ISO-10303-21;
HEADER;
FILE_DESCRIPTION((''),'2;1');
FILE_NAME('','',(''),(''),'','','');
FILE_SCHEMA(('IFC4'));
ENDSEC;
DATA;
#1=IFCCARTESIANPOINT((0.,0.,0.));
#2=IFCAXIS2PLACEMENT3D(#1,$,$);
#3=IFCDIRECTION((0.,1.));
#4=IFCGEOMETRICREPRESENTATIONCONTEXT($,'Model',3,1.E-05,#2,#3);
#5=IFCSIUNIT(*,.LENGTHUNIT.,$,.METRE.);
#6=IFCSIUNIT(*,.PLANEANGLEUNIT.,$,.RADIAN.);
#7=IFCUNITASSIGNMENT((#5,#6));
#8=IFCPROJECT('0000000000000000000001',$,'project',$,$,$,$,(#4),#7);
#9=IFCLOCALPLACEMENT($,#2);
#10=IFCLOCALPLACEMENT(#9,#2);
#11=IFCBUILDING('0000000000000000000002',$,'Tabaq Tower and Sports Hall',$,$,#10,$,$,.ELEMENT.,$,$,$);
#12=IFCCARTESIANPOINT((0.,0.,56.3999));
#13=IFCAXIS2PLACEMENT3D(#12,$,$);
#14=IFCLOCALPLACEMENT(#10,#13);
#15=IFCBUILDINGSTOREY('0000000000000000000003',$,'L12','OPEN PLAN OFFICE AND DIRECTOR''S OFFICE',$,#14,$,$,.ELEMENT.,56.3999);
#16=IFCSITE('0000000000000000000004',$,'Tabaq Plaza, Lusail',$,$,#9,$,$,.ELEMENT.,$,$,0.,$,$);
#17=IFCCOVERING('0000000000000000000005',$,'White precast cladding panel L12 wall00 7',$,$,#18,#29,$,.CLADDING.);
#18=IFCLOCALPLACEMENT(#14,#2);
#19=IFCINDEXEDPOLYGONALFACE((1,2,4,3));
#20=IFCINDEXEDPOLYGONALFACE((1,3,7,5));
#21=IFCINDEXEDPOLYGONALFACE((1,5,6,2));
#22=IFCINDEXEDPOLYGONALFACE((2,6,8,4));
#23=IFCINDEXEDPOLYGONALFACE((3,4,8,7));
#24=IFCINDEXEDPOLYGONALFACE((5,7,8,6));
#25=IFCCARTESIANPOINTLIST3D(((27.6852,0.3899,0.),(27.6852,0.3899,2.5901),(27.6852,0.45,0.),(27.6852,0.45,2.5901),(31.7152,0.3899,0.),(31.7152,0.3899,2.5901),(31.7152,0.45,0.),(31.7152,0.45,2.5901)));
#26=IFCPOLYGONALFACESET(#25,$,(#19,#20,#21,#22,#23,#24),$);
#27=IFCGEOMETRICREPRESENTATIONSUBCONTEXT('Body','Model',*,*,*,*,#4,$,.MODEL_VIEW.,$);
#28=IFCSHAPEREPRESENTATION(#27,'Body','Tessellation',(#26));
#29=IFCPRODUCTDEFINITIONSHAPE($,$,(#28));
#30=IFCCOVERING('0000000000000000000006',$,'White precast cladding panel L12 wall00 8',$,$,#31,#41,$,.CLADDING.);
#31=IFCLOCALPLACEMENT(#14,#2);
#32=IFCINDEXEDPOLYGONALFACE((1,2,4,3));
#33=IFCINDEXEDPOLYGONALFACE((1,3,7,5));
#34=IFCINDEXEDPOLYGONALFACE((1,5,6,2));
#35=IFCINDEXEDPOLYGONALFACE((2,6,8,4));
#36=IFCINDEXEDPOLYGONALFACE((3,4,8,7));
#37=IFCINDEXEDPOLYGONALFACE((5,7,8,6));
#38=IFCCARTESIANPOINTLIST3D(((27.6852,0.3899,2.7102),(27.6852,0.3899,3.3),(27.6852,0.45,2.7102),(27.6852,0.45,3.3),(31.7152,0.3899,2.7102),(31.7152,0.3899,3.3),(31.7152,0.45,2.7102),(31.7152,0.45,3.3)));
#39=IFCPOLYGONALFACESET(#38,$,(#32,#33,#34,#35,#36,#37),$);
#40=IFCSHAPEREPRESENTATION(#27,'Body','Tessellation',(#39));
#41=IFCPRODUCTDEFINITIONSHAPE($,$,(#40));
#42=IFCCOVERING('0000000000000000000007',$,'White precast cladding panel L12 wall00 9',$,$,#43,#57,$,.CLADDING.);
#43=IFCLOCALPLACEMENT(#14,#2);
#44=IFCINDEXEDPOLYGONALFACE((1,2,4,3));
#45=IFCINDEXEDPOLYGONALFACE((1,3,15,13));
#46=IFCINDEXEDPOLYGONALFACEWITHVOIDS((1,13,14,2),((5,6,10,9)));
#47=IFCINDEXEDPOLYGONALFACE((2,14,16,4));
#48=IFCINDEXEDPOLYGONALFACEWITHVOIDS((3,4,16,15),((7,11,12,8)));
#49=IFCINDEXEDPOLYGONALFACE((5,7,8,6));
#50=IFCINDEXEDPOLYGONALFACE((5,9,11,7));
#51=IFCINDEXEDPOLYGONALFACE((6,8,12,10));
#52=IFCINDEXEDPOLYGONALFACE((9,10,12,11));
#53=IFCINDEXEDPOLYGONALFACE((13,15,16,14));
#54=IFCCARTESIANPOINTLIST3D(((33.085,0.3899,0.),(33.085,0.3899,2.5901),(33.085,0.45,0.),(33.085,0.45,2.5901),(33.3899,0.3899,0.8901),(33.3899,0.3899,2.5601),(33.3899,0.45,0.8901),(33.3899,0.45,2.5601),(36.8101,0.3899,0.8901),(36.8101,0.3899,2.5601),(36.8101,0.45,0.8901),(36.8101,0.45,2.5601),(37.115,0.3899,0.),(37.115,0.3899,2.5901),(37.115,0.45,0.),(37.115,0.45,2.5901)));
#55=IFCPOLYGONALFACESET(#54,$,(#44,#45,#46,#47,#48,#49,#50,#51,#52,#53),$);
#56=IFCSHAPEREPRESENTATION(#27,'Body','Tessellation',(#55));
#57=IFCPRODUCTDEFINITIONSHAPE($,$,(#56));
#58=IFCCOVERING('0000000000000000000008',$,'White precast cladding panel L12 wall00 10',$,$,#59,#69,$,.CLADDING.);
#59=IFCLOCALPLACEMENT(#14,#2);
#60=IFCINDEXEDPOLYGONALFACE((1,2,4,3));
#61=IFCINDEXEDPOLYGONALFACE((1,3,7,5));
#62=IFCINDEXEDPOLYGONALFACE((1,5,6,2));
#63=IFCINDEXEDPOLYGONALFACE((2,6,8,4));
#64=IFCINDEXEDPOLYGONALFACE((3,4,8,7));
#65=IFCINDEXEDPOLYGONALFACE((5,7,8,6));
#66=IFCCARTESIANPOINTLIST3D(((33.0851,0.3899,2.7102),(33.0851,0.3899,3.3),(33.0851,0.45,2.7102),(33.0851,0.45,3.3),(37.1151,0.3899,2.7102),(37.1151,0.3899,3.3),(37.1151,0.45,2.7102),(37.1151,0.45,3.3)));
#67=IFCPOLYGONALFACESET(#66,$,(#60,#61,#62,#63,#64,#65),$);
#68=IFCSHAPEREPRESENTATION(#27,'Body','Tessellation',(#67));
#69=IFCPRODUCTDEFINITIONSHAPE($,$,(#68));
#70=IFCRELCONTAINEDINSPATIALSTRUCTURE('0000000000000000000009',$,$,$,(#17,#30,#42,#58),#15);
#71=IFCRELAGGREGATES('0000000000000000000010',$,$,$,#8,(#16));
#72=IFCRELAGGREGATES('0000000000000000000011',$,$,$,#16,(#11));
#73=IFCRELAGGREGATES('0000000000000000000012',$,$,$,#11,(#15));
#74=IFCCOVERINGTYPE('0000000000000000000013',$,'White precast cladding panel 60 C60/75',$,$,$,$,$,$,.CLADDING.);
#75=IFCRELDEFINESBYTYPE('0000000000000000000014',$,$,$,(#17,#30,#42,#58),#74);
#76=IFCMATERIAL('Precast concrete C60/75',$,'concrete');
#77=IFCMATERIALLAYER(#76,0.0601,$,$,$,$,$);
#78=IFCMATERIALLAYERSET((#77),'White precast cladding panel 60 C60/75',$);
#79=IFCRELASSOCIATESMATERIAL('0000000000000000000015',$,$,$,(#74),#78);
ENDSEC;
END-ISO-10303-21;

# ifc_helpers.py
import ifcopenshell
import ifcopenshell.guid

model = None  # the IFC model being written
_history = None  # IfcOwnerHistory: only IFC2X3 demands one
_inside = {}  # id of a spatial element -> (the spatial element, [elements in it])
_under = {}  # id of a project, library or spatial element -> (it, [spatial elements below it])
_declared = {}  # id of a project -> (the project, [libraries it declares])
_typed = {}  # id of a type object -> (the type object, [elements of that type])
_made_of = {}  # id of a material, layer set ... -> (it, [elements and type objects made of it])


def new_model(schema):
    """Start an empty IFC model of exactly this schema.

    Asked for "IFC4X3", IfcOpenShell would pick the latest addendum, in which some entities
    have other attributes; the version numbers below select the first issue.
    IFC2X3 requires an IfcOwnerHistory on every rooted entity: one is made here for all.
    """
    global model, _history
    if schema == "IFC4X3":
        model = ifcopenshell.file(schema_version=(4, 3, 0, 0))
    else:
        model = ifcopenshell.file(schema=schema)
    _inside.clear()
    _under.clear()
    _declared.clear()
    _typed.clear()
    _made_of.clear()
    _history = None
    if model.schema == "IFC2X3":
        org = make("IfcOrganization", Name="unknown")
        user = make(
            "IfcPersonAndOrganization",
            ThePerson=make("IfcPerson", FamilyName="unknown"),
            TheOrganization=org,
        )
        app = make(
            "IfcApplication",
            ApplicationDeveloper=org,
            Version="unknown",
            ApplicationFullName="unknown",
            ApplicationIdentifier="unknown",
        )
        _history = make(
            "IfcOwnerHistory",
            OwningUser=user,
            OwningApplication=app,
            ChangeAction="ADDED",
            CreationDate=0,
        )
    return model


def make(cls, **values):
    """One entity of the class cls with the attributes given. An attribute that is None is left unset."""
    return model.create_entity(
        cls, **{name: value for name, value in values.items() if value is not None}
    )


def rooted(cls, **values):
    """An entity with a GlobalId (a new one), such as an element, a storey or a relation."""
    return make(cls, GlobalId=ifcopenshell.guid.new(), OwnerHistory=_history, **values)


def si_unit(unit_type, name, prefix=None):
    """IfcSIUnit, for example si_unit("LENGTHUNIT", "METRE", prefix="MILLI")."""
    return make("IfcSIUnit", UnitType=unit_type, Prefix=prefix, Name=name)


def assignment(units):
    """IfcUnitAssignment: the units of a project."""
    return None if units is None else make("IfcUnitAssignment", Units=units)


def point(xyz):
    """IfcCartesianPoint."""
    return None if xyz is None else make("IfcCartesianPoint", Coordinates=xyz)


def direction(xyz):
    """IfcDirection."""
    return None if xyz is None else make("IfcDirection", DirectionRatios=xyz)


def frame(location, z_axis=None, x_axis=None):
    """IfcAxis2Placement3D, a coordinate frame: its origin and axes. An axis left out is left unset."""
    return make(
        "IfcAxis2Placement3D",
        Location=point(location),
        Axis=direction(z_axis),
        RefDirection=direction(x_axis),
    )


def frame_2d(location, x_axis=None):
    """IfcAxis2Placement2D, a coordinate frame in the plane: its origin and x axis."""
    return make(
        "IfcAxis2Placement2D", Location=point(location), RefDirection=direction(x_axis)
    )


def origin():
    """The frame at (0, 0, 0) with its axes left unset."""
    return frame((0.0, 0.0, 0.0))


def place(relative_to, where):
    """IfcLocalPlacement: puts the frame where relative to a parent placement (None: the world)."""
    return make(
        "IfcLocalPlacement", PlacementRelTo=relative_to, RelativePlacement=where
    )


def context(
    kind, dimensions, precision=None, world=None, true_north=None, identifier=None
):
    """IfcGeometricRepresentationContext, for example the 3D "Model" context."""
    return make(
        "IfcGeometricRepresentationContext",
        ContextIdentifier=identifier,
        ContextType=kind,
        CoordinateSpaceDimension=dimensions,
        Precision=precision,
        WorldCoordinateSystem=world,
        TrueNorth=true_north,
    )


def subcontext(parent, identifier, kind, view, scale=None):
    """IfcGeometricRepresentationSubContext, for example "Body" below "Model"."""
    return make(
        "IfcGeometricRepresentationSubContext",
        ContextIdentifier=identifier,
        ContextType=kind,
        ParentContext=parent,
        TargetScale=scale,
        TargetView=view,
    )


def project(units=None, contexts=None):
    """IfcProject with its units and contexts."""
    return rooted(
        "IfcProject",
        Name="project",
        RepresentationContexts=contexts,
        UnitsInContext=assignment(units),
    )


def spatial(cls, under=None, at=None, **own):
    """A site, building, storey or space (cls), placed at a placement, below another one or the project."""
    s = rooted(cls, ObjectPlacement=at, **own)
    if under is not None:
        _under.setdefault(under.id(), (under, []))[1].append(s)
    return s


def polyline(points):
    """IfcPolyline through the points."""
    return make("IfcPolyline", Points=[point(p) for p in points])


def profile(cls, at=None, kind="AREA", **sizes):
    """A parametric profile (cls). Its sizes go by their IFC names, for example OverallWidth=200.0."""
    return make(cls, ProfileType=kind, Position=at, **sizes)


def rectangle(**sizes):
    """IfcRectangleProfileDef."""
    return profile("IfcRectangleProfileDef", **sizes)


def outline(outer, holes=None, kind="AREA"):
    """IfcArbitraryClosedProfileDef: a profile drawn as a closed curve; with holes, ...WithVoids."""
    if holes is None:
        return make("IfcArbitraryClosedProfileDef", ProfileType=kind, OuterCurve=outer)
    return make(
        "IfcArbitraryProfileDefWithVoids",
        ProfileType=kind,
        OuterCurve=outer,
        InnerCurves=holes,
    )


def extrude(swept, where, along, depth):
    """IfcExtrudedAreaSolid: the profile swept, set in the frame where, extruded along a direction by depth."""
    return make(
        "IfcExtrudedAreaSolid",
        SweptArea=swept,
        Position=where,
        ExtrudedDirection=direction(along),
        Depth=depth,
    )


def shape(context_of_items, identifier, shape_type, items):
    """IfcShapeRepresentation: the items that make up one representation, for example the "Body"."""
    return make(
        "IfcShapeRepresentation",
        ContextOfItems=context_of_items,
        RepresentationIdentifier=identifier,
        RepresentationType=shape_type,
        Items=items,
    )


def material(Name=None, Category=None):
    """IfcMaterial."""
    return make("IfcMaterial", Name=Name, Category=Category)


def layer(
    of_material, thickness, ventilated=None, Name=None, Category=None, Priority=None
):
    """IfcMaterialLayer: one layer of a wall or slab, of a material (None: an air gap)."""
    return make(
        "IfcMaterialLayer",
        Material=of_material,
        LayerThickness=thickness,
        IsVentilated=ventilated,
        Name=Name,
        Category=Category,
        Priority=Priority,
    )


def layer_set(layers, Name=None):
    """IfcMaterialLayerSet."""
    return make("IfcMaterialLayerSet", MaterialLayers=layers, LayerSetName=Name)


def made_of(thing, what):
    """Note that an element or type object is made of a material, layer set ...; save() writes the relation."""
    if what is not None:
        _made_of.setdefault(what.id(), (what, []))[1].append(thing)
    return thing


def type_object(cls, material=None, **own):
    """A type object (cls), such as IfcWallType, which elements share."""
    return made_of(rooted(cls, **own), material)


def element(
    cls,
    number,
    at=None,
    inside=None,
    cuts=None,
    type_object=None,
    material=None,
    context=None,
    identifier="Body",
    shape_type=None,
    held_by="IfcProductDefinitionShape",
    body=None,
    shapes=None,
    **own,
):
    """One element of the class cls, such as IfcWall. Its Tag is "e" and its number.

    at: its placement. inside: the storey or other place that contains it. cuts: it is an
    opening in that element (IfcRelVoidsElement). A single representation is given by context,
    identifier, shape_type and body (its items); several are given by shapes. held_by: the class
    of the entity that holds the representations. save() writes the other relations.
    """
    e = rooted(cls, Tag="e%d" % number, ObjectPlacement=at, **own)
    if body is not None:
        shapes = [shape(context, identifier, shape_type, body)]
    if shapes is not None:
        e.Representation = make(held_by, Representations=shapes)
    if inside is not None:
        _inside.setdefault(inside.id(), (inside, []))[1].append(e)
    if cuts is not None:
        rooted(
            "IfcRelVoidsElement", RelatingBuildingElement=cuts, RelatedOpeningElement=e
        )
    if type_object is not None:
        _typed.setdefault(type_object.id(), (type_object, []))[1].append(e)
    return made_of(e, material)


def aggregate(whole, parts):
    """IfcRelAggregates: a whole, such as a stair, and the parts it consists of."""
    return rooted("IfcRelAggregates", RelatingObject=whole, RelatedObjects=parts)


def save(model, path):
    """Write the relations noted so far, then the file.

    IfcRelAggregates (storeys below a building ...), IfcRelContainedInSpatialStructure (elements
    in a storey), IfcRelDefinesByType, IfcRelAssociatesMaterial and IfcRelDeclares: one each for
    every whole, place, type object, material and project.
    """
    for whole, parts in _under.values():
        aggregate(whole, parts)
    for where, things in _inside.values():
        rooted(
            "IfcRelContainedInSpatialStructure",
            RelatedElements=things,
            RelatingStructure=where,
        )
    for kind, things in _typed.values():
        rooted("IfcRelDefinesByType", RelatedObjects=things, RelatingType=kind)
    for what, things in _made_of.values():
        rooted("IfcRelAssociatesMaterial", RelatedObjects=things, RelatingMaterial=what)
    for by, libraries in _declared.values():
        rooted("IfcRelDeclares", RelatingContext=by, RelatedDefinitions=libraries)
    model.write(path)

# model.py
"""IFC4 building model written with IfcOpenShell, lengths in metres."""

from ifc_helpers import new_model, si_unit, direction, frame, frame_2d, origin, place, context, subcontext, project, spatial, polyline, rectangle, outline, extrude, material, layer, layer_set, type_object, element, save


model = new_model("IFC4")

# Units and contexts
model_context = context("Model", 3, precision=1e-05, world=origin(), true_north=direction((0.0, 1.0)))
body_context = subcontext(model_context, "Body", "Model", "MODEL_VIEW")
ifc_project = project(units=[si_unit("LENGTHUNIT", "METRE"), si_unit("PLANEANGLEUNIT", "RADIAN")], contexts=[model_context])

# Site, building, storey
site_placement = place(None, origin())
site = spatial("IfcSite", under=ifc_project, at=site_placement, Name="Tabaq Plaza, Lusail", CompositionType="ELEMENT", RefElevation=0.0)
building_placement = place(site_placement, origin())
building = spatial("IfcBuilding", under=site, at=building_placement, Name="Tabaq Tower and Sports Hall", CompositionType="ELEMENT")
storey_placement = place(building_placement, frame((0.0, 0.0, 56.3999)))
storey = spatial("IfcBuildingStorey", under=building, at=storey_placement, Name="L12", Description="OPEN PLAN OFFICE AND DIRECTOR'S OFFICE", CompositionType="ELEMENT", Elevation=56.3999)

# Coverings
ifc_material_1 = material(Name="Precast concrete C60/75", Category="concrete")
ifc_layer_1 = layer(ifc_material_1, 0.0601)
ifc_layer_set_1 = layer_set([ifc_layer_1], Name="White precast cladding panel 60 C60/75")
covering_type_1 = type_object("IfcCoveringType", Name="White precast cladding panel 60 C60/75", PredefinedType="CLADDING", material=ifc_layer_set_1)
covering_1_placement = place(storey_placement, frame((27.6851, 0.4199, 0.0), z_axis=(0.0, 0.0, 1.0), x_axis=(1.0, 0.0, 0.0)))
element("IfcCovering", 1, at=covering_1_placement, inside=storey, type_object=covering_type_1, Name="White precast cladding panel L12 wall00 7", PredefinedType="CLADDING", context=body_context, shape_type="SweptSolid", body=[
    extrude(rectangle(XDim=4.03, YDim=0.0601, at=frame_2d((2.0151, 0.0))), origin(), (0.0, 0.0, 1.0), 2.5901),
])
covering_2_placement = place(storey_placement, frame((27.6851, 0.4199, 2.7102), z_axis=(0.0, 0.0, 1.0), x_axis=(1.0, 0.0, 0.0)))
element("IfcCovering", 2, at=covering_2_placement, inside=storey, type_object=covering_type_1, Name="White precast cladding panel L12 wall00 8", PredefinedType="CLADDING", context=body_context, shape_type="SweptSolid", body=[
    extrude(rectangle(XDim=4.03, YDim=0.0601, at=frame_2d((2.0151, 0.0))), origin(), (0.0, 0.0, 1.0), 0.5898),
])
covering_3_placement = place(storey_placement, frame((33.085, 0.4199, 0.0), z_axis=(0.0, 0.0, 1.0), x_axis=(1.0, 0.0, 0.0)))
element("IfcCovering", 3, at=covering_3_placement, inside=storey, type_object=covering_type_1, Name="White precast cladding panel L12 wall00 9", PredefinedType="CLADDING", context=body_context, shape_type="SweptSolid", body=[
    extrude(outline(polyline([(0.0, 0.0), (4.03, 0.0), (4.03, 2.5901), (0.0, 2.5901), (0.0, 0.0)]), holes=[polyline([(3.7251, 0.8901), (0.3049, 0.8901), (0.3049, 2.5601), (3.7251, 2.5601), (3.7251, 0.8901)])]), frame((0.0, 0.03, 0.0), z_axis=(0.0, -1.0, 0.0), x_axis=(1.0, 0.0, 0.0)), (0.0, 0.0, 1.0), 0.0601),
])
covering_4_placement = place(storey_placement, frame((33.085, 0.4199, 2.7102), z_axis=(0.0, 0.0, 1.0), x_axis=(1.0, 0.0, 0.0)))
element("IfcCovering", 4, at=covering_4_placement, inside=storey, type_object=covering_type_1, Name="White precast cladding panel L12 wall00 10", PredefinedType="CLADDING", context=body_context, shape_type="SweptSolid", body=[
    extrude(rectangle(XDim=4.03, YDim=0.0601, at=frame_2d((2.0151, 0.0))), origin(), (0.0, 0.0, 1.0), 0.5898),
])

save(model, "model.ifc")
